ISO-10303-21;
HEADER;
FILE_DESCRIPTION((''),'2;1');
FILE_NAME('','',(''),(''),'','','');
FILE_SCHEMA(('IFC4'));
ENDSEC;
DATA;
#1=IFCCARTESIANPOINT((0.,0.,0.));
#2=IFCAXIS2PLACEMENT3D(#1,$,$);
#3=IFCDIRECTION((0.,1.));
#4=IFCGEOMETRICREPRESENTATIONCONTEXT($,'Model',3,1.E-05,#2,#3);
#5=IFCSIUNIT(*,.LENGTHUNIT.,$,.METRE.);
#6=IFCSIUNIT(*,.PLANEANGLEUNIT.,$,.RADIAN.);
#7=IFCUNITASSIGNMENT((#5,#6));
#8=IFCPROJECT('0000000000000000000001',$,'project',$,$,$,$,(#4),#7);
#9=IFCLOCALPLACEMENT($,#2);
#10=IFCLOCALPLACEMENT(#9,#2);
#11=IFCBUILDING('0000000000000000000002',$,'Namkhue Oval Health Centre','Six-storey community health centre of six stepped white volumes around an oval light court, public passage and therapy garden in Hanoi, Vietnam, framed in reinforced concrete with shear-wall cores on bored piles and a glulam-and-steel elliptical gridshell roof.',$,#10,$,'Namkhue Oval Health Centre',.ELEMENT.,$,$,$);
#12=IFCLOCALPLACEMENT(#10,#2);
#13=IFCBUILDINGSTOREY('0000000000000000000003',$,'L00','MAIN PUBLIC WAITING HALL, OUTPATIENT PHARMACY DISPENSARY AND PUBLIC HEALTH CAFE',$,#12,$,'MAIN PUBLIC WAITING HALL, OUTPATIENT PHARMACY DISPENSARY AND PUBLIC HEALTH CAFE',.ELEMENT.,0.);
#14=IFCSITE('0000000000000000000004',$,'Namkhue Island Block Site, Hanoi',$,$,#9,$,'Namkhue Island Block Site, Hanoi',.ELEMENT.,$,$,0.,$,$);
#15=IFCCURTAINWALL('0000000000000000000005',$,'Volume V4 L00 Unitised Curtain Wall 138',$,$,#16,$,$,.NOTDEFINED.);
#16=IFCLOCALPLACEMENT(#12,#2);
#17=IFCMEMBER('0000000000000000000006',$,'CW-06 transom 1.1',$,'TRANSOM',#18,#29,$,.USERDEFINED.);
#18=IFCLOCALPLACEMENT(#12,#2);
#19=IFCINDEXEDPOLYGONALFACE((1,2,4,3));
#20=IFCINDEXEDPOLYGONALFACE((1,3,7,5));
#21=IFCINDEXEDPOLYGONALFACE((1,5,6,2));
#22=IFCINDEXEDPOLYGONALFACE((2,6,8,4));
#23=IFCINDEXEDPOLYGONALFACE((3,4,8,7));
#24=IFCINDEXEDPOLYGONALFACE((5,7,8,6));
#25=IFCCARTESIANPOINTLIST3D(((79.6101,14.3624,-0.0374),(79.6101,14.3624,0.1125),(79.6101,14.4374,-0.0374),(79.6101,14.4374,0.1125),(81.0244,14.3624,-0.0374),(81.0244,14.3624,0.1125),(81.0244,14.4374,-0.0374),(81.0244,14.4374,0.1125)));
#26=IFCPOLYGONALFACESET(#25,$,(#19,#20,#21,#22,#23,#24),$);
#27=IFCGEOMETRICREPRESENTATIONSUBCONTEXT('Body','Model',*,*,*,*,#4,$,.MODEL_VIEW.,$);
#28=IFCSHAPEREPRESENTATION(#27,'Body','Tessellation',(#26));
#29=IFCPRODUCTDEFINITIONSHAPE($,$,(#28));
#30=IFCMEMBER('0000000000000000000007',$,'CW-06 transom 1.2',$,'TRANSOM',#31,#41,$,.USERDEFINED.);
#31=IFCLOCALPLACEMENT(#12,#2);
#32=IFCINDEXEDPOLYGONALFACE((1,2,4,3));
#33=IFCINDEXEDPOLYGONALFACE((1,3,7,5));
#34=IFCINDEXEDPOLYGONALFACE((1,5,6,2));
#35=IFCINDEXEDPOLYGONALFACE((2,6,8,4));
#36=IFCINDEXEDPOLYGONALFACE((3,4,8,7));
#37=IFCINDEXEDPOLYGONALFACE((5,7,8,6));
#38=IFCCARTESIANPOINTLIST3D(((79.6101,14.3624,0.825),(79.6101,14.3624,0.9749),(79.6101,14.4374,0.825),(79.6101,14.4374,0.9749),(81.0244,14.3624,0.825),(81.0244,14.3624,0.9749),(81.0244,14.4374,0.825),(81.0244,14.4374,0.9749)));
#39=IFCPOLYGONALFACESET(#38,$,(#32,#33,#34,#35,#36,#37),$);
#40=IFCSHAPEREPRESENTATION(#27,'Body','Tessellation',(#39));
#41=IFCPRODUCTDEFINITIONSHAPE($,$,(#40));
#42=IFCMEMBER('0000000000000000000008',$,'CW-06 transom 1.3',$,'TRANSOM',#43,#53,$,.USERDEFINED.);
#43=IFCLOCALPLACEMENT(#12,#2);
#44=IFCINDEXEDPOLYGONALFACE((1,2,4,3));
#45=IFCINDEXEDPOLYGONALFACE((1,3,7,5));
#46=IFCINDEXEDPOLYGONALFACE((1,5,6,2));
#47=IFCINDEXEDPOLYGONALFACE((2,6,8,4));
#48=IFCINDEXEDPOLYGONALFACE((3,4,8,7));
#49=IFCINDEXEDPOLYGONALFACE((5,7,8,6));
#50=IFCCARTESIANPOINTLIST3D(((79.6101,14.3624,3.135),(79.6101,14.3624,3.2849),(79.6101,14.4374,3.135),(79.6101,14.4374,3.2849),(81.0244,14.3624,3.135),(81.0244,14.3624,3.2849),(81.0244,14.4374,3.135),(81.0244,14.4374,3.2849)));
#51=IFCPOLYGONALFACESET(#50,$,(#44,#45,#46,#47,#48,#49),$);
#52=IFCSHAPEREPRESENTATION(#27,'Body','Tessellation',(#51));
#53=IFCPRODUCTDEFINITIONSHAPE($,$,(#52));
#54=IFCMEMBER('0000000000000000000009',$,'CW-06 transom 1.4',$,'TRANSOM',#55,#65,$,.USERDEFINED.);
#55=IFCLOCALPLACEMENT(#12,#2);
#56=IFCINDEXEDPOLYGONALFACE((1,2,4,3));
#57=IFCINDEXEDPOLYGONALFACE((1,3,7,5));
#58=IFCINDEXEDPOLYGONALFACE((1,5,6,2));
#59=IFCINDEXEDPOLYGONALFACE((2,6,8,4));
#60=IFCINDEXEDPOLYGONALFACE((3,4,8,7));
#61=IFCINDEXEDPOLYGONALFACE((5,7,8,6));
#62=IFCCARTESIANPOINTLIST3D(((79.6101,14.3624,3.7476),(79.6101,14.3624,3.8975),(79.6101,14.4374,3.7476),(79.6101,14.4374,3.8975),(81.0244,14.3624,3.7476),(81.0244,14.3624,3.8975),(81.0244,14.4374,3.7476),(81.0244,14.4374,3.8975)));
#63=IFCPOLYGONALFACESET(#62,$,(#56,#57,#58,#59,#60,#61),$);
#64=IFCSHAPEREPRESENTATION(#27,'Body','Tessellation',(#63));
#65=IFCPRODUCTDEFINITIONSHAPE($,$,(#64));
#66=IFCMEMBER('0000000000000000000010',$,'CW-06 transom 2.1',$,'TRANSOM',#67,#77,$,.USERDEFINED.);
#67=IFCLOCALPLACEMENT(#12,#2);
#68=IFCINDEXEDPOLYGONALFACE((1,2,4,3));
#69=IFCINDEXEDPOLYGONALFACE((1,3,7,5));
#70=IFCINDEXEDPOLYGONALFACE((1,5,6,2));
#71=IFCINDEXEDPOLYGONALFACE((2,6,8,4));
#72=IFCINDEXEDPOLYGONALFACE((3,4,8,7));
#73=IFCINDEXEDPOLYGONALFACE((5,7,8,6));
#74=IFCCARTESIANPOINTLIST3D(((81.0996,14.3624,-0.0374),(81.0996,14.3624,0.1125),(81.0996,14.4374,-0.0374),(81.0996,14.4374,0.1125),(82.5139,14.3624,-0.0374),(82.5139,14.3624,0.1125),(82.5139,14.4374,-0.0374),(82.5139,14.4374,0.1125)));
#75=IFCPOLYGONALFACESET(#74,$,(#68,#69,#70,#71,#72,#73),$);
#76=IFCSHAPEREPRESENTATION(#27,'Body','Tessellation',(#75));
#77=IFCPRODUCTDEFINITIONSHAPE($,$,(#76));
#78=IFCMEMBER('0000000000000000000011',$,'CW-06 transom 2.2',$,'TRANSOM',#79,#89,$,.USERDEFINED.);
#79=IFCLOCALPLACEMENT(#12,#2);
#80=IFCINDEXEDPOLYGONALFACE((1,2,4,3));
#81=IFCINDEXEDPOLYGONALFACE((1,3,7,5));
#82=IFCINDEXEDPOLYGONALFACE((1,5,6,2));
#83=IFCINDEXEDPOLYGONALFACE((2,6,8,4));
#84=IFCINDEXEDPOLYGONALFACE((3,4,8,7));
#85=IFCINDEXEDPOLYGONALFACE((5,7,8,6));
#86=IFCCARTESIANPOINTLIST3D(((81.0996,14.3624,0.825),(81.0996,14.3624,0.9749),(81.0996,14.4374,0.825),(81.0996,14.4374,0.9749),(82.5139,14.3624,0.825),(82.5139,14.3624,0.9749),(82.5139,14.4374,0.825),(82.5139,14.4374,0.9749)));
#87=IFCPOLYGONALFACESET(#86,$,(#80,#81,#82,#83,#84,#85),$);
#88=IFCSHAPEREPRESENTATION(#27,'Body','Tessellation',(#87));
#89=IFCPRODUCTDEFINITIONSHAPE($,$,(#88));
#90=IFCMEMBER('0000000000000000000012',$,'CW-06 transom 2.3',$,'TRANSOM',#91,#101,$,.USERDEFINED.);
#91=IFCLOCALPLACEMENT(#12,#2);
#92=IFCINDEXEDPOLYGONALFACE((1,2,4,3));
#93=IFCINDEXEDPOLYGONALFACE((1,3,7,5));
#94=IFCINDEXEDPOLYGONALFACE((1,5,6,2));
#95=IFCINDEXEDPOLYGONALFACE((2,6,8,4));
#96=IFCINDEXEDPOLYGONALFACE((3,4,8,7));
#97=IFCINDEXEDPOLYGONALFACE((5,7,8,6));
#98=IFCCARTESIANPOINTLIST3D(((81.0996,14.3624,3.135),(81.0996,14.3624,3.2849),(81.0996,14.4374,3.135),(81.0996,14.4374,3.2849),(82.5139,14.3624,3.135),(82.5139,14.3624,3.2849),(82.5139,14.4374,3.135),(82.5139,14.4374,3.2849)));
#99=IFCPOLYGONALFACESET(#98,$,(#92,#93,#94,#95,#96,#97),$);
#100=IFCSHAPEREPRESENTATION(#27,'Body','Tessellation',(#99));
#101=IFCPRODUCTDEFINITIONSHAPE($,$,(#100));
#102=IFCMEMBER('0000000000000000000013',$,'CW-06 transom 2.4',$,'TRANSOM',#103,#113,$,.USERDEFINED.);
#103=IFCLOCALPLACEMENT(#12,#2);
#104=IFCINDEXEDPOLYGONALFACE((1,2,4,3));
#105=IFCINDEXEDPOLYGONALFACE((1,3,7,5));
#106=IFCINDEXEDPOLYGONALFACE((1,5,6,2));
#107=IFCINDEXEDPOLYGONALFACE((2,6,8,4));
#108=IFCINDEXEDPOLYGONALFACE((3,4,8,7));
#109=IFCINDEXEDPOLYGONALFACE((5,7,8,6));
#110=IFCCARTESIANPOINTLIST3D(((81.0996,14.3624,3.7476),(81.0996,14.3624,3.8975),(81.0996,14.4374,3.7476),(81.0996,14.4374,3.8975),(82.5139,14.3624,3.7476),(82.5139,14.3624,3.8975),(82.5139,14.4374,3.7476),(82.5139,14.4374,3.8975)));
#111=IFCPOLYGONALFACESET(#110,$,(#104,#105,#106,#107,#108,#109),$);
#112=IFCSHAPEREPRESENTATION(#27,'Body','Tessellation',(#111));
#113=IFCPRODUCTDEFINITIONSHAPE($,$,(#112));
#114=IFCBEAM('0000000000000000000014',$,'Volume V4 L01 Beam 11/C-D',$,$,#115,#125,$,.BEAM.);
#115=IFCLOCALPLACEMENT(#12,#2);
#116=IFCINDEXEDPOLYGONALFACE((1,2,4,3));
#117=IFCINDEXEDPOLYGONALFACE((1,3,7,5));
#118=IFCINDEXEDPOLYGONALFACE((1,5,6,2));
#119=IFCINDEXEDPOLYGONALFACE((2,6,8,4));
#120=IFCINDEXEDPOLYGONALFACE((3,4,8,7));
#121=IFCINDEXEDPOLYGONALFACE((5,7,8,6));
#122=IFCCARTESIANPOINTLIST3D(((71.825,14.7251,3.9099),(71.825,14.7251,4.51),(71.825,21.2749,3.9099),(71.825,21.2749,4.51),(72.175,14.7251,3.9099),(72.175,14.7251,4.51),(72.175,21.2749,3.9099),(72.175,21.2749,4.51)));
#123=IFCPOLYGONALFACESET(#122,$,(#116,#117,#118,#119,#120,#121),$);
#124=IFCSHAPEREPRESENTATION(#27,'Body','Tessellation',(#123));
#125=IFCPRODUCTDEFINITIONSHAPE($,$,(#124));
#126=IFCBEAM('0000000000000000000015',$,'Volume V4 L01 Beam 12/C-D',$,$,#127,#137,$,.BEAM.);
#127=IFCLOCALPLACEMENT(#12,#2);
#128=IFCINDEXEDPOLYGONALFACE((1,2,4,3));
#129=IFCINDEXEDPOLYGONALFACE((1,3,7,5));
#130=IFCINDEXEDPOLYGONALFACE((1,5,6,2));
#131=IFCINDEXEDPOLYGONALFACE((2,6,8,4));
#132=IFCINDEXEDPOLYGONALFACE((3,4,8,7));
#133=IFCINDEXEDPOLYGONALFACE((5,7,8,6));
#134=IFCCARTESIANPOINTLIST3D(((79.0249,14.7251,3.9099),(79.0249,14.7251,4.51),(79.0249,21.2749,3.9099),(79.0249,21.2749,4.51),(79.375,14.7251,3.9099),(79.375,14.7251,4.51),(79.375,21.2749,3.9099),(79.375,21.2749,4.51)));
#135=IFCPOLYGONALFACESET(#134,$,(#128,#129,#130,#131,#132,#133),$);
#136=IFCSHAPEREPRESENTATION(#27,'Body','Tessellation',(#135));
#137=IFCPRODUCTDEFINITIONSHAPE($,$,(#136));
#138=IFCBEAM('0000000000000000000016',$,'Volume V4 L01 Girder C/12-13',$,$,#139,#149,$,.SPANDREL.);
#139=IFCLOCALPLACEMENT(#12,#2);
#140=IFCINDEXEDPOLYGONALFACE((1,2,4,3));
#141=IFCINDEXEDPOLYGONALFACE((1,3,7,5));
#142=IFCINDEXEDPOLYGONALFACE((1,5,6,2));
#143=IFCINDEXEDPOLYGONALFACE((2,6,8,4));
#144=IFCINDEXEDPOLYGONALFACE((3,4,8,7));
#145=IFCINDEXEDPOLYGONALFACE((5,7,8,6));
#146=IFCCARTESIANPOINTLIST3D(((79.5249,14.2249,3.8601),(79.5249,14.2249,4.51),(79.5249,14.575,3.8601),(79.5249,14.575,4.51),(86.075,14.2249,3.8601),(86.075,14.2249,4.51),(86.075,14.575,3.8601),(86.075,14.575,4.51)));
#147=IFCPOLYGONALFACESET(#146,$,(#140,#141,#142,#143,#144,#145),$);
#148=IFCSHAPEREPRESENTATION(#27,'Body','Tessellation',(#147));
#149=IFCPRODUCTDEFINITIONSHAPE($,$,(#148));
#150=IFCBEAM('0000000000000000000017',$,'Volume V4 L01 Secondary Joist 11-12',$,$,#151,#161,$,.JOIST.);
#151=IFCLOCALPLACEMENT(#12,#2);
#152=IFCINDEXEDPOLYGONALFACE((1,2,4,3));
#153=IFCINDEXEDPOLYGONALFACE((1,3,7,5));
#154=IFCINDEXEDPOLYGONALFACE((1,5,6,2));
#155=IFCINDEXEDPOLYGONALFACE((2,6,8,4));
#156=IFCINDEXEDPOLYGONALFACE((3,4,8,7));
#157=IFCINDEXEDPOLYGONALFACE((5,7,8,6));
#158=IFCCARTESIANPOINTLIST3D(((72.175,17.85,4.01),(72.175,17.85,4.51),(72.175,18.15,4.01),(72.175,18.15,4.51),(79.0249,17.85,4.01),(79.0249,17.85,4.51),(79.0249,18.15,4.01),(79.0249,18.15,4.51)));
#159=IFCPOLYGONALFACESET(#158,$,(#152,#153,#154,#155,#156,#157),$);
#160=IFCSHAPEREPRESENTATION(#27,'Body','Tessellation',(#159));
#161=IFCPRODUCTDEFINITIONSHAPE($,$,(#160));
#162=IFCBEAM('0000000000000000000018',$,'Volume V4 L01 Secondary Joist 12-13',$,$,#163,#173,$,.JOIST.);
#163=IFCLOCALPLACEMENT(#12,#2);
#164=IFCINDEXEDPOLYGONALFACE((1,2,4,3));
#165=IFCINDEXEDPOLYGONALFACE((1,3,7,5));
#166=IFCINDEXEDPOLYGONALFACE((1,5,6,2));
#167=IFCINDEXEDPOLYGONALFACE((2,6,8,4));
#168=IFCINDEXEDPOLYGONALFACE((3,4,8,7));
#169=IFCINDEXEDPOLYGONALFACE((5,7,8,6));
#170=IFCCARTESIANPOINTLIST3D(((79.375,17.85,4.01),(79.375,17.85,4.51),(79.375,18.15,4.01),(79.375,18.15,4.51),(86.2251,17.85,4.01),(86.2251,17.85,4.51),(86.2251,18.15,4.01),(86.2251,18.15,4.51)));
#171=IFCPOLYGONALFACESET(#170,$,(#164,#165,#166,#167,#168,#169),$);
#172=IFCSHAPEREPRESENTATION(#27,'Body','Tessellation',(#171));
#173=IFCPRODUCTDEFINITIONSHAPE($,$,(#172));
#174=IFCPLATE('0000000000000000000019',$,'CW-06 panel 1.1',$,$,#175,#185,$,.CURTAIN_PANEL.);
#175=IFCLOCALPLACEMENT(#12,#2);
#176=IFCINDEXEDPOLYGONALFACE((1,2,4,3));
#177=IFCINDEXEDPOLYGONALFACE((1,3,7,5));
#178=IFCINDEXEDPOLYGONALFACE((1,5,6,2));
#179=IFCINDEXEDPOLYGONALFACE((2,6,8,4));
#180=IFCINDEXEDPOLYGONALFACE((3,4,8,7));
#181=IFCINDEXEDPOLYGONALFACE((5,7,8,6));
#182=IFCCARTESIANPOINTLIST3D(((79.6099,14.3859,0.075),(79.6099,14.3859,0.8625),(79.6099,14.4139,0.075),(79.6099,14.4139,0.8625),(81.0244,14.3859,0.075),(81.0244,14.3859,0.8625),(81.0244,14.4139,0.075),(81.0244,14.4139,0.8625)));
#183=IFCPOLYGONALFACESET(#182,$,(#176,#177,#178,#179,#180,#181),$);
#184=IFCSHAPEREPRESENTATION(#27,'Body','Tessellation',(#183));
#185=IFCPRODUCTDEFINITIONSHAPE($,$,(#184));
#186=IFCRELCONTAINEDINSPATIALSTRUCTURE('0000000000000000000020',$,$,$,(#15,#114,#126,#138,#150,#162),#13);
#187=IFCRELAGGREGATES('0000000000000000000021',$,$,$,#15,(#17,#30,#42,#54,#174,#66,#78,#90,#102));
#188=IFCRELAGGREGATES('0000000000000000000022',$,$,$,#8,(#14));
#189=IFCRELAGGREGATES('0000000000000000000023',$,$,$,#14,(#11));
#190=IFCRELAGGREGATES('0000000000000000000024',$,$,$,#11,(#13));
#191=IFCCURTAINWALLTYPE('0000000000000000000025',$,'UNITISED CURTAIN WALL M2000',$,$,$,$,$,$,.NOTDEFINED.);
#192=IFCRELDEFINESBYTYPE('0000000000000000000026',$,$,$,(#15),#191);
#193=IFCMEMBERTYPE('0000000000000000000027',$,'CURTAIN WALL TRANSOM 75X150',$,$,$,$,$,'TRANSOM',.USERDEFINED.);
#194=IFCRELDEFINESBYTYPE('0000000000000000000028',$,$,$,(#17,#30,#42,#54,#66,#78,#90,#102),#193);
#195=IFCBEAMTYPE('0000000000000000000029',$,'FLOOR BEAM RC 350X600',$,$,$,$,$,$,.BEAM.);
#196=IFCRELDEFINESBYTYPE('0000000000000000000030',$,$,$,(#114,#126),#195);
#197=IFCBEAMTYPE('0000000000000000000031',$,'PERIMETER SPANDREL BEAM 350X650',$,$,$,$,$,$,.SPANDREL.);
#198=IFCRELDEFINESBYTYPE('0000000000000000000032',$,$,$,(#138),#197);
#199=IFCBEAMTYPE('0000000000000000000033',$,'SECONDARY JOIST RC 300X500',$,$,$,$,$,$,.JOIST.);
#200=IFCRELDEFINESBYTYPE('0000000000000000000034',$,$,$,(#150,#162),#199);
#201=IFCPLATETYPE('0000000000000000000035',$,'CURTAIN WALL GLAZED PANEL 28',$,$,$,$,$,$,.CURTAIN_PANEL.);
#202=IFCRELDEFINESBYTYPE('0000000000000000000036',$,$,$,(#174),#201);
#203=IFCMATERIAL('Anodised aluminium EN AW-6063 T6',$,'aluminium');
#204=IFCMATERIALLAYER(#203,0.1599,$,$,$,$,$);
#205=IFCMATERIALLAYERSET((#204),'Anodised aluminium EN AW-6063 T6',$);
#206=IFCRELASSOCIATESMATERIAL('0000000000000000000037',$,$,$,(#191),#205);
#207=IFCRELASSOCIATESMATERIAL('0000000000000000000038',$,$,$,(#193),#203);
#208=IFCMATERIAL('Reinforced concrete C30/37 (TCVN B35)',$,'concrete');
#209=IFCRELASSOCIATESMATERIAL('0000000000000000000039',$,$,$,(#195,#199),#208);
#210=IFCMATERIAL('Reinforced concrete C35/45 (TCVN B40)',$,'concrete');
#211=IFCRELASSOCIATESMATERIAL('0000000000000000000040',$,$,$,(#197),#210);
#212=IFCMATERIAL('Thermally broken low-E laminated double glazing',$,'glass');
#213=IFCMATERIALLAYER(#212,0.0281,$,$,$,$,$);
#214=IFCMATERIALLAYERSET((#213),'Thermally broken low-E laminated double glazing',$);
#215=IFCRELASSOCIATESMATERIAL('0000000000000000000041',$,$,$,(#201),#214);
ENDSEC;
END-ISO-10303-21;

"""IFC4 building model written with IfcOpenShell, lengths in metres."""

from ifc_helpers import new_model, si_unit, direction, frame, origin, origin_2d, place, context, subcontext, project, spatial, rectangle, extrude, material, layer, layer_set, material_profile, profile_set, type_object, element, aggregate, save


model = new_model("IFC4")

# Units and contexts
model_context = context("Model", 3, precision=1e-05, world=origin(), true_north=direction((0.0, 1.0)))
body_context = subcontext(model_context, "Body", "Model", "MODEL_VIEW")
ifc_project = project(units=[si_unit("LENGTHUNIT", "METRE"), si_unit("PLANEANGLEUNIT", "RADIAN")], contexts=[model_context])

# Site, building, storey
site_placement = place(None, origin())
site = spatial("IfcSite", under=ifc_project, at=site_placement, Name="Namkhue Island Block Site, Hanoi", LongName="Namkhue Island Block Site, Hanoi", CompositionType="ELEMENT", RefElevation=0.0)
building_placement = place(site_placement, origin())
building = spatial("IfcBuilding", under=site, at=building_placement, Name="Namkhue Oval Health Centre", Description="Six-storey community health centre of six stepped white volumes around an oval light court, public passage and therapy garden in Hanoi, Vietnam, framed in reinforced concrete with shear-wall cores on bored piles and a glulam-and-steel elliptical gridshell roof.", LongName="Namkhue Oval Health Centre", CompositionType="ELEMENT")
storey_placement = place(building_placement, origin())
storey = spatial("IfcBuildingStorey", under=building, at=storey_placement, Name="L00", Description="MAIN PUBLIC WAITING HALL, OUTPATIENT PHARMACY DISPENSARY AND PUBLIC HEALTH CAFE", LongName="MAIN PUBLIC WAITING HALL, OUTPATIENT PHARMACY DISPENSARY AND PUBLIC HEALTH CAFE", CompositionType="ELEMENT", Elevation=0.0)

# Shared definitions
ifc_material_1 = material(Name="Reinforced concrete C30/37 (TCVN B35)", Category="concrete")

# Curtain wall, members
ifc_material_2 = material(Name="Anodised aluminium EN AW-6063 T6", Category="aluminium")
ifc_layer_1 = layer(ifc_material_2, 0.1599)
ifc_layer_set_1 = layer_set([ifc_layer_1], Name="Anodised aluminium EN AW-6063 T6")
curtain_wall_type = type_object("IfcCurtainWallType", Name="UNITISED CURTAIN WALL M2000", PredefinedType="NOTDEFINED", material=ifc_layer_set_1)
curtain_wall_placement = place(storey_placement, origin())
curtain_wall = element("IfcCurtainWall", 1, at=curtain_wall_placement, inside=storey, type_object=curtain_wall_type, Name="Volume V4 L00 Unitised Curtain Wall 138", PredefinedType="NOTDEFINED")
ifc_material_profile_1 = material_profile(ifc_material_2, rectangle(XDim=0.075, YDim=0.1499, at=origin_2d()), Name="ALU 75x150")
ifc_profile_set_1 = profile_set([ifc_material_profile_1], Name="Anodised aluminium EN AW-6063 T6")
member_type_1 = type_object("IfcMemberType", Name="CURTAIN WALL TRANSOM 75X150", ElementType="TRANSOM", PredefinedType="USERDEFINED", material=ifc_profile_set_1)
member_1_placement = place(storey_placement, frame((79.6101, 14.3999, 0.0376), z_axis=(1.0, 0.0, 0.0), x_axis=(0.0, 1.0, 0.0)))
member_1 = element("IfcMember", 2, at=member_1_placement, type_object=member_type_1, Name="CW-06 transom 1.1", ObjectType="TRANSOM", PredefinedType="USERDEFINED", context=body_context, shape_type="SweptSolid", body=[
    extrude(rectangle(XDim=0.075, YDim=0.1499, at=origin_2d()), origin(), (0.0, 0.0, 1.0), 1.4143),
])
member_2_placement = place(storey_placement, frame((79.6101, 14.3999, 0.8999), z_axis=(1.0, 0.0, 0.0), x_axis=(0.0, 1.0, 0.0)))
member_2 = element("IfcMember", 3, at=member_2_placement, type_object=member_type_1, Name="CW-06 transom 1.2", ObjectType="TRANSOM", PredefinedType="USERDEFINED", context=body_context, shape_type="SweptSolid", body=[
    extrude(rectangle(XDim=0.075, YDim=0.1499, at=origin_2d()), origin(), (0.0, 0.0, 1.0), 1.4143),
])
member_3_placement = place(storey_placement, frame((79.6101, 14.3999, 3.21), z_axis=(1.0, 0.0, 0.0), x_axis=(0.0, 1.0, 0.0)))
member_3 = element("IfcMember", 4, at=member_3_placement, type_object=member_type_1, Name="CW-06 transom 1.3", ObjectType="TRANSOM", PredefinedType="USERDEFINED", context=body_context, shape_type="SweptSolid", body=[
    extrude(rectangle(XDim=0.075, YDim=0.1499, at=origin_2d()), origin(), (0.0, 0.0, 1.0), 1.4143),
])
member_4_placement = place(storey_placement, frame((79.6101, 14.3999, 3.8225), z_axis=(1.0, 0.0, 0.0), x_axis=(0.0, 1.0, 0.0)))
member_4 = element("IfcMember", 5, at=member_4_placement, type_object=member_type_1, Name="CW-06 transom 1.4", ObjectType="TRANSOM", PredefinedType="USERDEFINED", context=body_context, shape_type="SweptSolid", body=[
    extrude(rectangle(XDim=0.075, YDim=0.1499, at=origin_2d()), origin(), (0.0, 0.0, 1.0), 1.4143),
])
member_5_placement = place(storey_placement, frame((81.0996, 14.3999, 0.0376), z_axis=(1.0, 0.0, 0.0), x_axis=(0.0, 1.0, 0.0)))
member_5 = element("IfcMember", 6, at=member_5_placement, type_object=member_type_1, Name="CW-06 transom 2.1", ObjectType="TRANSOM", PredefinedType="USERDEFINED", context=body_context, shape_type="SweptSolid", body=[
    extrude(rectangle(XDim=0.075, YDim=0.1499, at=origin_2d()), origin(), (0.0, 0.0, 1.0), 1.4143),
])
member_6_placement = place(storey_placement, frame((81.0996, 14.3999, 0.8999), z_axis=(1.0, 0.0, 0.0), x_axis=(0.0, 1.0, 0.0)))
member_6 = element("IfcMember", 7, at=member_6_placement, type_object=member_type_1, Name="CW-06 transom 2.2", ObjectType="TRANSOM", PredefinedType="USERDEFINED", context=body_context, shape_type="SweptSolid", body=[
    extrude(rectangle(XDim=0.075, YDim=0.1499, at=origin_2d()), origin(), (0.0, 0.0, 1.0), 1.4143),
])
member_7_placement = place(storey_placement, frame((81.0996, 14.3999, 3.21), z_axis=(1.0, 0.0, 0.0), x_axis=(0.0, 1.0, 0.0)))
member_7 = element("IfcMember", 8, at=member_7_placement, type_object=member_type_1, Name="CW-06 transom 2.3", ObjectType="TRANSOM", PredefinedType="USERDEFINED", context=body_context, shape_type="SweptSolid", body=[
    extrude(rectangle(XDim=0.075, YDim=0.1499, at=origin_2d()), origin(), (0.0, 0.0, 1.0), 1.4143),
])
member_8_placement = place(storey_placement, frame((81.0996, 14.3999, 3.8225), z_axis=(1.0, 0.0, 0.0), x_axis=(0.0, 1.0, 0.0)))
member_8 = element("IfcMember", 9, at=member_8_placement, type_object=member_type_1, Name="CW-06 transom 2.4", ObjectType="TRANSOM", PredefinedType="USERDEFINED", context=body_context, shape_type="SweptSolid", body=[
    extrude(rectangle(XDim=0.075, YDim=0.1499, at=origin_2d()), origin(), (0.0, 0.0, 1.0), 1.4143),
])

# Beams
ifc_material_profile_2 = material_profile(ifc_material_1, rectangle(XDim=0.3501, YDim=0.6001, at=origin_2d()), Name="RC 350x600")
ifc_profile_set_2 = profile_set([ifc_material_profile_2], Name="Reinforced concrete C30/37 (TCVN B35)")
beam_type_1 = type_object("IfcBeamType", Name="FLOOR BEAM RC 350X600", PredefinedType="BEAM", material=ifc_profile_set_2)
for number, where, z_axis, x_axis, name in (
    (10, (72.0, 14.7251, 4.21), (0.0, 1.0, 0.0), (-1.0, 0.0, 0.0), "Volume V4 L01 Beam 11/C-D"),
    (11, (79.2, 14.7251, 4.21), (0.0, 1.0, 0.0), (-1.0, 0.0, 0.0), "Volume V4 L01 Beam 12/C-D"),
):
    element("IfcBeam", number, at=place(storey_placement, frame(where, z_axis=z_axis, x_axis=x_axis)), inside=storey, type_object=beam_type_1, Name=name, PredefinedType="BEAM", context=body_context, shape_type="SweptSolid", body=[
        extrude(rectangle(XDim=0.3501, YDim=0.6001, at=origin_2d()), origin(), (0.0, 0.0, 1.0), 6.5498),
    ])
ifc_material_3 = material(Name="Reinforced concrete C35/45 (TCVN B40)", Category="concrete")
ifc_material_profile_3 = material_profile(ifc_material_3, rectangle(XDim=0.3501, YDim=0.6499, at=origin_2d()), Name="RC 350x650")
ifc_profile_set_3 = profile_set([ifc_material_profile_3], Name="Reinforced concrete C35/45 (TCVN B40)")
beam_type_2 = type_object("IfcBeamType", Name="PERIMETER SPANDREL BEAM 350X650", PredefinedType="SPANDREL", material=ifc_profile_set_3)
beam_1_placement = place(storey_placement, frame((79.5249, 14.3999, 4.1851), z_axis=(1.0, 0.0, 0.0), x_axis=(0.0, 1.0, 0.0)))
element("IfcBeam", 12, at=beam_1_placement, inside=storey, type_object=beam_type_2, Name="Volume V4 L01 Girder C/12-13", PredefinedType="SPANDREL", context=body_context, shape_type="SweptSolid", body=[
    extrude(rectangle(XDim=0.3501, YDim=0.6499, at=origin_2d()), origin(), (0.0, 0.0, 1.0), 6.55),
])
ifc_material_profile_4 = material_profile(ifc_material_1, rectangle(XDim=0.3, YDim=0.5, at=origin_2d()), Name="RC 300x500")
ifc_profile_set_4 = profile_set([ifc_material_profile_4], Name="Reinforced concrete C30/37 (TCVN B35)")
beam_type_3 = type_object("IfcBeamType", Name="SECONDARY JOIST RC 300X500", PredefinedType="JOIST", material=ifc_profile_set_4)
beam_2_placement = place(storey_placement, frame((72.175, 18.0, 4.26), z_axis=(1.0, 0.0, 0.0), x_axis=(0.0, 1.0, 0.0)))
element("IfcBeam", 13, at=beam_2_placement, inside=storey, type_object=beam_type_3, Name="Volume V4 L01 Secondary Joist 11-12", PredefinedType="JOIST", context=body_context, shape_type="SweptSolid", body=[
    extrude(rectangle(XDim=0.3, YDim=0.5, at=origin_2d()), origin(), (0.0, 0.0, 1.0), 6.8499),
])
beam_3_placement = place(storey_placement, frame((79.375, 18.0, 4.26), z_axis=(1.0, 0.0, 0.0), x_axis=(0.0, 1.0, 0.0)))
element("IfcBeam", 14, at=beam_3_placement, inside=storey, type_object=beam_type_3, Name="Volume V4 L01 Secondary Joist 12-13", PredefinedType="JOIST", context=body_context, shape_type="SweptSolid", body=[
    extrude(rectangle(XDim=0.3, YDim=0.5, at=origin_2d()), origin(), (0.0, 0.0, 1.0), 6.8501),
])

# Plate
ifc_material_4 = material(Name="Thermally broken low-E laminated double glazing", Category="glass")
ifc_layer_2 = layer(ifc_material_4, 0.0281)
ifc_layer_set_2 = layer_set([ifc_layer_2], Name="Thermally broken low-E laminated double glazing")
plate_type = type_object("IfcPlateType", Name="CURTAIN WALL GLAZED PANEL 28", PredefinedType="CURTAIN_PANEL", material=ifc_layer_set_2)
plate_1_placement = place(storey_placement, frame((80.3171, 14.3999, 0.075), z_axis=(0.0, 0.0, 1.0), x_axis=(1.0, 0.0, 0.0)))
plate_1 = element("IfcPlate", 15, at=plate_1_placement, type_object=plate_type, Name="CW-06 panel 1.1", PredefinedType="CURTAIN_PANEL", context=body_context, shape_type="SweptSolid", body=[
    extrude(rectangle(XDim=1.4146, YDim=0.0281, at=origin_2d()), origin(), (0.0, 0.0, 1.0), 0.7876),
])
aggregate(curtain_wall, [member_1, member_2, member_3, member_4, plate_1, member_5, member_6, member_7, member_8])

save(model, "model.ifc")
